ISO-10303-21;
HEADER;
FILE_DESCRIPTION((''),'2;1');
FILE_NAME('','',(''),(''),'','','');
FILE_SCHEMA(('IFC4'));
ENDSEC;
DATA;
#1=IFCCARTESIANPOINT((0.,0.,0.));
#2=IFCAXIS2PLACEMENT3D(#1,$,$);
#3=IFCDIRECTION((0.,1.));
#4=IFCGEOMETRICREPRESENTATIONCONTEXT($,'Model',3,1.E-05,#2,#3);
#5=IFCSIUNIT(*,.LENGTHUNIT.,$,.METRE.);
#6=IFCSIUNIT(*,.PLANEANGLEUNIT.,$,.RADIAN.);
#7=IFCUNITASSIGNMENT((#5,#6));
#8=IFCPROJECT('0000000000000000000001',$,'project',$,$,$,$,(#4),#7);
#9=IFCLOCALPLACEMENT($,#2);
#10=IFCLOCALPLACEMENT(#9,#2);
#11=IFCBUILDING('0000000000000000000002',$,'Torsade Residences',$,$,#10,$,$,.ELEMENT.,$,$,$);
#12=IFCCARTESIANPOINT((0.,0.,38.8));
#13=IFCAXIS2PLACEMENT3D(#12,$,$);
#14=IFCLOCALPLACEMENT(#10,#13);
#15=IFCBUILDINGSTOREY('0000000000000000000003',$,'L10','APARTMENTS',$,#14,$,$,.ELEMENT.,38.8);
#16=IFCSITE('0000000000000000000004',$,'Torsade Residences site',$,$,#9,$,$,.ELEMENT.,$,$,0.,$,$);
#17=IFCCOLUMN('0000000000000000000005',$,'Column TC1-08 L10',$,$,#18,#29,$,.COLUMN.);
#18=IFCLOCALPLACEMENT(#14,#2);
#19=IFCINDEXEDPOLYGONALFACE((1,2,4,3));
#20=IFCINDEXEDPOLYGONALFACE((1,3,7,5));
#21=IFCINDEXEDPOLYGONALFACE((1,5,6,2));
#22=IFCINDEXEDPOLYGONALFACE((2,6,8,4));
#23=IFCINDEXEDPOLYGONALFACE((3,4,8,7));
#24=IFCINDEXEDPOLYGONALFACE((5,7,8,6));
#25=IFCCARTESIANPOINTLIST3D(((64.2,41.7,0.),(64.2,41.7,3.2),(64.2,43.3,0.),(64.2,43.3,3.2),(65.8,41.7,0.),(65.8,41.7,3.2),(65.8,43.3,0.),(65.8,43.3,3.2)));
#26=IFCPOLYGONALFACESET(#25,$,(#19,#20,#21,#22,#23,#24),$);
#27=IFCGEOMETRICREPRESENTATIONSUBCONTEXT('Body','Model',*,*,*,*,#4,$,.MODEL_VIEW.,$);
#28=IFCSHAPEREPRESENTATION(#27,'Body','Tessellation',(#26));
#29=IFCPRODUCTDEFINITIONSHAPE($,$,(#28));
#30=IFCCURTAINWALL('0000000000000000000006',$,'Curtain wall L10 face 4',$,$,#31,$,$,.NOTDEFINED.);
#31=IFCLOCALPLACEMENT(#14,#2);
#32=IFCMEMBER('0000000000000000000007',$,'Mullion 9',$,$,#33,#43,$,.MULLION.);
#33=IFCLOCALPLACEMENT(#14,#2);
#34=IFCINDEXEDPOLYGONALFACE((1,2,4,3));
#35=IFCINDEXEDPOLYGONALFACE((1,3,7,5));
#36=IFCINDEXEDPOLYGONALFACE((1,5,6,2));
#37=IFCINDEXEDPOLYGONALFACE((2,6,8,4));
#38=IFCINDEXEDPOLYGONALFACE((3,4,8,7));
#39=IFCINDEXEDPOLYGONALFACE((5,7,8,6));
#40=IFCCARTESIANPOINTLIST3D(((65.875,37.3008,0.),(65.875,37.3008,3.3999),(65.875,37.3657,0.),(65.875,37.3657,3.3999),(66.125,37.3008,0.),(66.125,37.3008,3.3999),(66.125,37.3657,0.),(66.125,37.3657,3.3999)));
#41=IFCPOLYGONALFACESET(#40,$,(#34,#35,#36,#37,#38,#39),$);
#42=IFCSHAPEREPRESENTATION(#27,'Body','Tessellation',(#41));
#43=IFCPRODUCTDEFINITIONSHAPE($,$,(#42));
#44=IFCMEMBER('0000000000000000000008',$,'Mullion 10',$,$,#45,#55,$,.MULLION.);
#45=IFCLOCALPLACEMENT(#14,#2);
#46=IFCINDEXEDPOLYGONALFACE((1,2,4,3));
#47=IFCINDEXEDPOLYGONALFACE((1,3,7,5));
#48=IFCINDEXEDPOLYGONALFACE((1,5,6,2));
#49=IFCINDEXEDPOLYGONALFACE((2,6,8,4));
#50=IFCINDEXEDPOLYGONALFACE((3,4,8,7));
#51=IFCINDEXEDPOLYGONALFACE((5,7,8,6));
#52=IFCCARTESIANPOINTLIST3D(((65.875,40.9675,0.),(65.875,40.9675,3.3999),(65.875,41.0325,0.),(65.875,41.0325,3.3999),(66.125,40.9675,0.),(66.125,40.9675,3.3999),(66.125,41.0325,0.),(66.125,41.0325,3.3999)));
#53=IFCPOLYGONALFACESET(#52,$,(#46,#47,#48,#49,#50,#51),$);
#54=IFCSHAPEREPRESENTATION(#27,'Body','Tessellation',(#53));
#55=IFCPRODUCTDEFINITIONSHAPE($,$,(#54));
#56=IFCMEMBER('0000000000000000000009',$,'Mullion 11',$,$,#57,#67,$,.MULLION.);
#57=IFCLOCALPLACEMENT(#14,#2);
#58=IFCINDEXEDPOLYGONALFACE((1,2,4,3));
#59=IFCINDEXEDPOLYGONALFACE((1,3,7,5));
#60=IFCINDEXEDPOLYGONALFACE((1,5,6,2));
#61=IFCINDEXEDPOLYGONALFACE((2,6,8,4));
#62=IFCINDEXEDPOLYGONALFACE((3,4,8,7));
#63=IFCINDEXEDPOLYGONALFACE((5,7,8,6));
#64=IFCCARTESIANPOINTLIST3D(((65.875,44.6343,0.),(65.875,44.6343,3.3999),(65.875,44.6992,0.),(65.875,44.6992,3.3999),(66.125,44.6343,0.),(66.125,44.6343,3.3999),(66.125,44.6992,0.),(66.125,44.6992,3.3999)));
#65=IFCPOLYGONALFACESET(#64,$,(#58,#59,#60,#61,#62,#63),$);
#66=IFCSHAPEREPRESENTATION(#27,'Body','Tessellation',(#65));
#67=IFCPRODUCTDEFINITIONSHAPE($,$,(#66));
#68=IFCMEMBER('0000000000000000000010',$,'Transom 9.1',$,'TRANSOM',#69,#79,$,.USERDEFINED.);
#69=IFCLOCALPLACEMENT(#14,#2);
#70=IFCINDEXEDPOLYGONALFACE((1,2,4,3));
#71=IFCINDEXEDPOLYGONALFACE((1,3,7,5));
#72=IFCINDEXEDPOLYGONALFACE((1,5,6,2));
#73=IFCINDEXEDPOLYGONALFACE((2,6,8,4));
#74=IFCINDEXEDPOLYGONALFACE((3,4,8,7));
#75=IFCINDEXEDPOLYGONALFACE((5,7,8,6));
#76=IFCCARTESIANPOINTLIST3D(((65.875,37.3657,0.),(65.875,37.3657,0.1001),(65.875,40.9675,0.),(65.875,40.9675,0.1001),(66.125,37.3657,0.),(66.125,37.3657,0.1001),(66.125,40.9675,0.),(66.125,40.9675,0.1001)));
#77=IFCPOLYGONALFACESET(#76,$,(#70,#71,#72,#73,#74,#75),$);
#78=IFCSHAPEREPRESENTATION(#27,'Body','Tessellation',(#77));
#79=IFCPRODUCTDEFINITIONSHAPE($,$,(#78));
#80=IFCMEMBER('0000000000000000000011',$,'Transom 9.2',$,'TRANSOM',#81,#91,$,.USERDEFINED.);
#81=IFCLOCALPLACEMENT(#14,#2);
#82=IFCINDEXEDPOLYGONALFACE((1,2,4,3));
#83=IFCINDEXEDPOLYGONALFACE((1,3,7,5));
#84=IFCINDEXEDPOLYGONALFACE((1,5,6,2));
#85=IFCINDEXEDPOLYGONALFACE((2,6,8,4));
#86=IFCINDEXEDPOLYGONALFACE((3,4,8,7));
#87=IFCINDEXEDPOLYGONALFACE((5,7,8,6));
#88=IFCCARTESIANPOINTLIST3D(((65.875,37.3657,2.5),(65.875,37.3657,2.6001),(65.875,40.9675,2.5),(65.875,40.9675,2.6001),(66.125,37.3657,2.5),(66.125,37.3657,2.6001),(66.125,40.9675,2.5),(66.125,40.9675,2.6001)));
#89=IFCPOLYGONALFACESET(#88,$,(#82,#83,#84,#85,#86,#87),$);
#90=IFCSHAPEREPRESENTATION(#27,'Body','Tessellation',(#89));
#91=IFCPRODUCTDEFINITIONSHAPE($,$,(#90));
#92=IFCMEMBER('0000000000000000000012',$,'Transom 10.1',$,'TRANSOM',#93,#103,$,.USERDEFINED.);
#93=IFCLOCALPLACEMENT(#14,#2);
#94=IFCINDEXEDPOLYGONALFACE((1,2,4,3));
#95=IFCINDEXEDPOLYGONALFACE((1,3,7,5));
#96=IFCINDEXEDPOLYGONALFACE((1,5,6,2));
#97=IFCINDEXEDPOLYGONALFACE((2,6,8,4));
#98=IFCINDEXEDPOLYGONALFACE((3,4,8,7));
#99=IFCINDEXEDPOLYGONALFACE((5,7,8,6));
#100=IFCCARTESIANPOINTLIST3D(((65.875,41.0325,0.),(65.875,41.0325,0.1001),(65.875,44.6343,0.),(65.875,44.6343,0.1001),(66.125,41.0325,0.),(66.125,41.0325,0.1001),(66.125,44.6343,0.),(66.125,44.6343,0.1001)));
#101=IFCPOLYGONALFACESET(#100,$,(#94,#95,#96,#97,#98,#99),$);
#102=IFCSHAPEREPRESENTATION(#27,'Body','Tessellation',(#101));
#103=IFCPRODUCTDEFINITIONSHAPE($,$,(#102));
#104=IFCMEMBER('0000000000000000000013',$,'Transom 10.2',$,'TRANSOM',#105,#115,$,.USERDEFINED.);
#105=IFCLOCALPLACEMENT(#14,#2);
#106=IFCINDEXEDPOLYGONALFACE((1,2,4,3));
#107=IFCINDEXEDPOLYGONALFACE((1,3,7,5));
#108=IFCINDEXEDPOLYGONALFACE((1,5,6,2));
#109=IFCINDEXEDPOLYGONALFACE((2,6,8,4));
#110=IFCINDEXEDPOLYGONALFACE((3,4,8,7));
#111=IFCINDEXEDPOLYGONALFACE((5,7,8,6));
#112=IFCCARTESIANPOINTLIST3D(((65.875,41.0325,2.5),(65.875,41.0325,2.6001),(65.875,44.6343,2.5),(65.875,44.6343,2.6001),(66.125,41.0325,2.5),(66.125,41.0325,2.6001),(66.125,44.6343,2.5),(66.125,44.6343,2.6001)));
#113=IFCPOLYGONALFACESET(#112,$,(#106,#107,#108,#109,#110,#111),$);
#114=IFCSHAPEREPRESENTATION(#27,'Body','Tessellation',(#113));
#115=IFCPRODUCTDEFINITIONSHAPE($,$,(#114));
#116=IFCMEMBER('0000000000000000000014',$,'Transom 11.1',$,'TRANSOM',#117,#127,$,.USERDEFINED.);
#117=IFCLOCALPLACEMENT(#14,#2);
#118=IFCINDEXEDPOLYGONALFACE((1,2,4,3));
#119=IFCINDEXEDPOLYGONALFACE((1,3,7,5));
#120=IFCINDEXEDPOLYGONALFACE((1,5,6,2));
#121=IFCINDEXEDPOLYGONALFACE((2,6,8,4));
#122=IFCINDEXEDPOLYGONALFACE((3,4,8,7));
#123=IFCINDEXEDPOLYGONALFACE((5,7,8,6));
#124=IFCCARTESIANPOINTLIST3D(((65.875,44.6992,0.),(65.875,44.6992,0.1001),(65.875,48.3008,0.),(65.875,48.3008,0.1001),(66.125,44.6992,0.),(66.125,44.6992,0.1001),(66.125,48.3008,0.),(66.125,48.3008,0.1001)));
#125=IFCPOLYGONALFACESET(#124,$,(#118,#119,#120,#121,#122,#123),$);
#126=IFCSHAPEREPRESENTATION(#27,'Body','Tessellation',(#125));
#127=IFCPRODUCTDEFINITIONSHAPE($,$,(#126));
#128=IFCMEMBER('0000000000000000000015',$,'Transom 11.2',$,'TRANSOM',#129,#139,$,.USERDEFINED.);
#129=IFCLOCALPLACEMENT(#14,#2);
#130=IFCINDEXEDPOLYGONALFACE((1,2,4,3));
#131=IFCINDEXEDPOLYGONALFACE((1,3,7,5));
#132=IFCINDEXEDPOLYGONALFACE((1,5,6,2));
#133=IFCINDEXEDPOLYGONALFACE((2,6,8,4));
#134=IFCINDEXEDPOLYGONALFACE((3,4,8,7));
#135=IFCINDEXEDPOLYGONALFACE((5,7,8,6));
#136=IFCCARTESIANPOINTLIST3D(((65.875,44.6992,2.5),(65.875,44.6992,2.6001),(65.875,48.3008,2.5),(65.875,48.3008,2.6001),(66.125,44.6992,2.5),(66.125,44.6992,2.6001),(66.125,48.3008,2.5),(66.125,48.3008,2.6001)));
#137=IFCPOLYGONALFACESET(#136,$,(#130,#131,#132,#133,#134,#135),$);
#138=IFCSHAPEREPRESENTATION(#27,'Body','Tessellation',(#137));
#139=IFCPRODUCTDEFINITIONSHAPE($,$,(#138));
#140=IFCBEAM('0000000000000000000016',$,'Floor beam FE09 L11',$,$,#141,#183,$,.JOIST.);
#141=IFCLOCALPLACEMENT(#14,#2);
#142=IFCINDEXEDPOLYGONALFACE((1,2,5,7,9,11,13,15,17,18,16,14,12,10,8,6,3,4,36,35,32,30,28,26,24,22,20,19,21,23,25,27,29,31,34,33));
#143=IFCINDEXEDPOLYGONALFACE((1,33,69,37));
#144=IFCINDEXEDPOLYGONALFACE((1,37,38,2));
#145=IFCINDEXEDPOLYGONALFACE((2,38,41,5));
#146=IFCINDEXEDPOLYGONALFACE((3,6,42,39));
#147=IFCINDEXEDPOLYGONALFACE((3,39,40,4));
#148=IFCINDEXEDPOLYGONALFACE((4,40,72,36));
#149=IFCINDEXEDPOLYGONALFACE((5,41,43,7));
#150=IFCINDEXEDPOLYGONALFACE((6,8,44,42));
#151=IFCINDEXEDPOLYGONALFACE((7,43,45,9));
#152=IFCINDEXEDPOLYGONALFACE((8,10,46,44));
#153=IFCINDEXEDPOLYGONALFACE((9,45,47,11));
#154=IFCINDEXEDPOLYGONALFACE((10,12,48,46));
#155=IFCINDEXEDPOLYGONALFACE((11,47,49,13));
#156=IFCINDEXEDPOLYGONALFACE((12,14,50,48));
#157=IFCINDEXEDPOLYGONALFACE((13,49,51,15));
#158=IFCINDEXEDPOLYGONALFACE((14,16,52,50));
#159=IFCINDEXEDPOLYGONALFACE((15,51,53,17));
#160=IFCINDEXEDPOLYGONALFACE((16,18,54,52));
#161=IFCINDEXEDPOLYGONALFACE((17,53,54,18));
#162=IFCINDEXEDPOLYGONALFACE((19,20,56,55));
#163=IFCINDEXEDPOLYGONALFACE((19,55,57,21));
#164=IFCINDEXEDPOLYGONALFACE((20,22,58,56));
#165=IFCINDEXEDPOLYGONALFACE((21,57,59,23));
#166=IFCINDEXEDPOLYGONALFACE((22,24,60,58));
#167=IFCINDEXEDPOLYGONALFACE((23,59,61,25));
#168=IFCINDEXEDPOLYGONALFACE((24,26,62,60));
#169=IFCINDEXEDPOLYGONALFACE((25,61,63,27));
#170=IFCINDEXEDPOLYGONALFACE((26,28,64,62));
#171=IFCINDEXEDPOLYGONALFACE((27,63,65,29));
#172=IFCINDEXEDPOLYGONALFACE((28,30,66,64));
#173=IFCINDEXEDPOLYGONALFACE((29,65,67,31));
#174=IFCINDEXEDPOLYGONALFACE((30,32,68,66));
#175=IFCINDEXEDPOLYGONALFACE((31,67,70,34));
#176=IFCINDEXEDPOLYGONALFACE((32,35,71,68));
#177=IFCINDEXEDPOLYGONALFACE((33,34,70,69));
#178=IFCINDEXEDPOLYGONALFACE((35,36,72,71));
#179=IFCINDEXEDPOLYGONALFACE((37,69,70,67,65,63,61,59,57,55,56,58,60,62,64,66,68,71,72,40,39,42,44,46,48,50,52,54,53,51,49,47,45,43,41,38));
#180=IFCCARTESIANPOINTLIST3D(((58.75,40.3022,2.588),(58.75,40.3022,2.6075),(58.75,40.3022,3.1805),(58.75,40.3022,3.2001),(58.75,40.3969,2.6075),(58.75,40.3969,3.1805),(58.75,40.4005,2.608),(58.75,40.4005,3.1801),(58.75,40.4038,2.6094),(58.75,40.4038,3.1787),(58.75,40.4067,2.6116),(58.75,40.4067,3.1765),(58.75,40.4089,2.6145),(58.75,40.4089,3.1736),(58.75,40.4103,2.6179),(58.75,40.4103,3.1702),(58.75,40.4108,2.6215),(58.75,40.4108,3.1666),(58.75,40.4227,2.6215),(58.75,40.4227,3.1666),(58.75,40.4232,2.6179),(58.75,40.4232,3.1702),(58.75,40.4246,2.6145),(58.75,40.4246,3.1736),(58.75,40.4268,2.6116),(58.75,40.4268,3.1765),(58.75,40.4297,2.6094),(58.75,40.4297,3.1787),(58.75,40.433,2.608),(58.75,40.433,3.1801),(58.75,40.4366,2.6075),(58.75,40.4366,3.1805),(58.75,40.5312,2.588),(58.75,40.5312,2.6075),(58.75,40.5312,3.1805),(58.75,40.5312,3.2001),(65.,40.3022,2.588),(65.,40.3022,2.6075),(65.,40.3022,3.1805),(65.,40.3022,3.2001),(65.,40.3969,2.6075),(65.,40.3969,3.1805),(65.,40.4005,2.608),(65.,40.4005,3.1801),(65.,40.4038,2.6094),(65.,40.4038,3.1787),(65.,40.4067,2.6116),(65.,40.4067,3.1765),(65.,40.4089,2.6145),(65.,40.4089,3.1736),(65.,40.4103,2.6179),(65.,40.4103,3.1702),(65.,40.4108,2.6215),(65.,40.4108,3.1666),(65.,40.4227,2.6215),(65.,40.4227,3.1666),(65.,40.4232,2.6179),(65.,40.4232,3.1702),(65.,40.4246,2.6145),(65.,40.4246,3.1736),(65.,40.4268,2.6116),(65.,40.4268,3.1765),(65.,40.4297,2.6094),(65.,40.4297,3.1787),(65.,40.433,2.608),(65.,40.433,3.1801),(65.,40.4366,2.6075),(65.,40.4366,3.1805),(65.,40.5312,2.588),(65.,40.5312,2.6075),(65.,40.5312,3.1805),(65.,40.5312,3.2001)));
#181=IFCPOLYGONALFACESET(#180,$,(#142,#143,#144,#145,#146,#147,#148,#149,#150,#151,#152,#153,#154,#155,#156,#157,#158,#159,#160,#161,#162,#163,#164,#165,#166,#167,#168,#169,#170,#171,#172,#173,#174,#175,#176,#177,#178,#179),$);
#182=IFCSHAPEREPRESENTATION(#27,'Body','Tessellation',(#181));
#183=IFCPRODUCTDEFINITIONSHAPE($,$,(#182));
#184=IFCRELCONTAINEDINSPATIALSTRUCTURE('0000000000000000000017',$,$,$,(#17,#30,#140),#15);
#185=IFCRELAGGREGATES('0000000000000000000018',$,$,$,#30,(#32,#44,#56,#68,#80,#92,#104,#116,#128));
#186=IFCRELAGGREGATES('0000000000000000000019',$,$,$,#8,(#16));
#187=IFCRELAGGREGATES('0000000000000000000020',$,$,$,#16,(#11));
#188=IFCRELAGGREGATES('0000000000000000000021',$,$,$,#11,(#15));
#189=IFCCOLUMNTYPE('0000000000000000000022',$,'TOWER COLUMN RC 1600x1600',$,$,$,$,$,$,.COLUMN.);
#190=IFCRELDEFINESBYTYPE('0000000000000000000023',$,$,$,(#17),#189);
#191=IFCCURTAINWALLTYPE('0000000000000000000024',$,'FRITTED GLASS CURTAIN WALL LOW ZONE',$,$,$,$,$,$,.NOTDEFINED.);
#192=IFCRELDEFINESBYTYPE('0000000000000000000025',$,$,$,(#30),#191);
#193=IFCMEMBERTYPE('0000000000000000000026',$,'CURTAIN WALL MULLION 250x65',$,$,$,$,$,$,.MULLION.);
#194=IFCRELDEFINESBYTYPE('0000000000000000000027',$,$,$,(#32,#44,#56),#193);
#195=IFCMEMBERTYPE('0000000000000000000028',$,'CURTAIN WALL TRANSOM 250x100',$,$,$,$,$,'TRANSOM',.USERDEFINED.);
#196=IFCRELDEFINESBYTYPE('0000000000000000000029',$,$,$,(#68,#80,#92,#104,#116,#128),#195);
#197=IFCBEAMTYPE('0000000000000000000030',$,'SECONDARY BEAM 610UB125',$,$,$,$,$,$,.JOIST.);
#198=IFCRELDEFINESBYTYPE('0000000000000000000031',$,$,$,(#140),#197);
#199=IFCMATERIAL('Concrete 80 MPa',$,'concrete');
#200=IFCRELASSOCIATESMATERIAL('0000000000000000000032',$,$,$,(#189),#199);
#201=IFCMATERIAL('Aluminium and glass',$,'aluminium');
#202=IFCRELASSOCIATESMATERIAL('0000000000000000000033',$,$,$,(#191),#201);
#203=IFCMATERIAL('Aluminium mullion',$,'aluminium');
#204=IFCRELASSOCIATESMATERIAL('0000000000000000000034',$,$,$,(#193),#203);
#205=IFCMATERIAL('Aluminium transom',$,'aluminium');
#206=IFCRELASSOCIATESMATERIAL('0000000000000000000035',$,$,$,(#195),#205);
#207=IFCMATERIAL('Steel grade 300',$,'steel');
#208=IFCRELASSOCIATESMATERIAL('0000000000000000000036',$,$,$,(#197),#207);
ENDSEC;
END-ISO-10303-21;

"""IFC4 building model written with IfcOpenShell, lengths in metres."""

from ifc_helpers import new_model, si_unit, direction, frame, origin, origin_2d, place, context, subcontext, project, spatial, rectangle, i_section, extrude, material, material_profile, profile_set, type_object, element, aggregate, save


model = new_model("IFC4")

# Units and contexts
model_context = context("Model", 3, precision=1e-05, world=origin(), true_north=direction((0.0, 1.0)))
body_context = subcontext(model_context, "Body", "Model", "MODEL_VIEW")
ifc_project = project(units=[si_unit("LENGTHUNIT", "METRE"), si_unit("PLANEANGLEUNIT", "RADIAN")], contexts=[model_context])

# Site, building, storey
site_placement = place(None, origin())
site = spatial("IfcSite", under=ifc_project, at=site_placement, Name="Torsade Residences site", CompositionType="ELEMENT", RefElevation=0.0)
building_placement = place(site_placement, origin())
building = spatial("IfcBuilding", under=site, at=building_placement, Name="Torsade Residences", CompositionType="ELEMENT")
storey_placement = place(building_placement, frame((0.0, 0.0, 38.8)))
storey = spatial("IfcBuildingStorey", under=building, at=storey_placement, Name="L10", Description="APARTMENTS", CompositionType="ELEMENT", Elevation=38.8)

# Column
ifc_material_1 = material(Name="Concrete 80 MPa", Category="concrete")
ifc_material_profile_1 = material_profile(ifc_material_1, rectangle(XDim=1.6001, YDim=1.6001, at=origin_2d()), Name="RC 1600x1600")
ifc_profile_set_1 = profile_set([ifc_material_profile_1], Name="Concrete 80 MPa")
column_type = type_object("IfcColumnType", Name="TOWER COLUMN RC 1600x1600", PredefinedType="COLUMN", material=ifc_profile_set_1)
column_placement = place(storey_placement, frame((65.0, 42.5, 0.0), z_axis=(0.0, 0.0, 1.0), x_axis=(1.0, 0.0, 0.0)))
element("IfcColumn", 1, at=column_placement, inside=storey, type_object=column_type, Name="Column TC1-08 L10", PredefinedType="COLUMN", context=body_context, shape_type="SweptSolid", body=[
    extrude(rectangle(XDim=1.6001, YDim=1.6001, at=origin_2d()), origin(), (0.0, 0.0, 1.0), 3.2),
])

# Curtain wall, members
ifc_material_2 = material(Name="Aluminium and glass", Category="aluminium")
curtain_wall_type = type_object("IfcCurtainWallType", Name="FRITTED GLASS CURTAIN WALL LOW ZONE", PredefinedType="NOTDEFINED", material=ifc_material_2)
curtain_wall_placement = place(storey_placement, origin())
curtain_wall = element("IfcCurtainWall", 2, at=curtain_wall_placement, inside=storey, type_object=curtain_wall_type, Name="Curtain wall L10 face 4", PredefinedType="NOTDEFINED")
ifc_material_3 = material(Name="Aluminium mullion", Category="aluminium")
ifc_material_profile_2 = material_profile(ifc_material_3, rectangle(XDim=0.25, YDim=0.0649, at=origin_2d()), Name="CURTAIN WALL MULLION 250x65")
ifc_profile_set_2 = profile_set([ifc_material_profile_2], Name="Aluminium mullion")
member_type_1 = type_object("IfcMemberType", Name="CURTAIN WALL MULLION 250x65", PredefinedType="MULLION", material=ifc_profile_set_2)
member_1_placement = place(storey_placement, frame((66.0, 37.3333, 0.0), z_axis=(0.0, 0.0, 1.0), x_axis=(-1.0, 0.0, 0.0)))
member_1 = element("IfcMember", 3, at=member_1_placement, type_object=member_type_1, Name="Mullion 9", PredefinedType="MULLION", context=body_context, shape_type="SweptSolid", body=[
    extrude(rectangle(XDim=0.25, YDim=0.0649, at=origin_2d()), origin(), (0.0, 0.0, 1.0), 3.3999),
])
member_2_placement = place(storey_placement, frame((66.0, 41.0, 0.0), z_axis=(0.0, 0.0, 1.0), x_axis=(-1.0, 0.0, 0.0)))
member_2 = element("IfcMember", 4, at=member_2_placement, type_object=member_type_1, Name="Mullion 10", PredefinedType="MULLION", context=body_context, shape_type="SweptSolid", body=[
    extrude(rectangle(XDim=0.25, YDim=0.0649, at=origin_2d()), origin(), (0.0, 0.0, 1.0), 3.3999),
])
member_3_placement = place(storey_placement, frame((66.0, 44.6667, 0.0), z_axis=(0.0, 0.0, 1.0), x_axis=(-1.0, 0.0, 0.0)))
member_3 = element("IfcMember", 5, at=member_3_placement, type_object=member_type_1, Name="Mullion 11", PredefinedType="MULLION", context=body_context, shape_type="SweptSolid", body=[
    extrude(rectangle(XDim=0.25, YDim=0.0649, at=origin_2d()), origin(), (0.0, 0.0, 1.0), 3.3999),
])
ifc_material_4 = material(Name="Aluminium transom", Category="aluminium")
ifc_material_profile_3 = material_profile(ifc_material_4, rectangle(XDim=0.25, YDim=0.1001, at=origin_2d()), Name="CURTAIN WALL TRANSOM 250x100")
ifc_profile_set_3 = profile_set([ifc_material_profile_3], Name="Aluminium transom")
member_type_2 = type_object("IfcMemberType", Name="CURTAIN WALL TRANSOM 250x100", ElementType="TRANSOM", PredefinedType="USERDEFINED", material=ifc_profile_set_3)
member_4_placement = place(storey_placement, frame((66.0, 37.3657, 0.05), z_axis=(0.0, 1.0, 0.0), x_axis=(-1.0, 0.0, 0.0)))
member_4 = element("IfcMember", 6, at=member_4_placement, type_object=member_type_2, Name="Transom 9.1", ObjectType="TRANSOM", PredefinedType="USERDEFINED", context=body_context, shape_type="SweptSolid", body=[
    extrude(rectangle(XDim=0.25, YDim=0.1001, at=origin_2d()), origin(), (0.0, 0.0, 1.0), 3.6018),
])
member_5_placement = place(storey_placement, frame((66.0, 37.3657, 2.55), z_axis=(0.0, 1.0, 0.0), x_axis=(-1.0, 0.0, 0.0)))
member_5 = element("IfcMember", 7, at=member_5_placement, type_object=member_type_2, Name="Transom 9.2", ObjectType="TRANSOM", PredefinedType="USERDEFINED", context=body_context, shape_type="SweptSolid", body=[
    extrude(rectangle(XDim=0.25, YDim=0.1001, at=origin_2d()), origin(), (0.0, 0.0, 1.0), 3.6018),
])
member_6_placement = place(storey_placement, frame((66.0, 41.0325, 0.05), z_axis=(0.0, 1.0, 0.0), x_axis=(-1.0, 0.0, 0.0)))
member_6 = element("IfcMember", 8, at=member_6_placement, type_object=member_type_2, Name="Transom 10.1", ObjectType="TRANSOM", PredefinedType="USERDEFINED", context=body_context, shape_type="SweptSolid", body=[
    extrude(rectangle(XDim=0.25, YDim=0.1001, at=origin_2d()), origin(), (0.0, 0.0, 1.0), 3.6018),
])
member_7_placement = place(storey_placement, frame((66.0, 41.0325, 2.55), z_axis=(0.0, 1.0, 0.0), x_axis=(-1.0, 0.0, 0.0)))
member_7 = element("IfcMember", 9, at=member_7_placement, type_object=member_type_2, Name="Transom 10.2", ObjectType="TRANSOM", PredefinedType="USERDEFINED", context=body_context, shape_type="SweptSolid", body=[
    extrude(rectangle(XDim=0.25, YDim=0.1001, at=origin_2d()), origin(), (0.0, 0.0, 1.0), 3.6018),
])
member_8_placement = place(storey_placement, frame((66.0, 44.6992, 0.05), z_axis=(0.0, 1.0, 0.0), x_axis=(-1.0, 0.0, 0.0)))
member_8 = element("IfcMember", 10, at=member_8_placement, type_object=member_type_2, Name="Transom 11.1", ObjectType="TRANSOM", PredefinedType="USERDEFINED", context=body_context, shape_type="SweptSolid", body=[
    extrude(rectangle(XDim=0.25, YDim=0.1001, at=origin_2d()), origin(), (0.0, 0.0, 1.0), 3.6016),
])
member_9_placement = place(storey_placement, frame((66.0, 44.6992, 2.55), z_axis=(0.0, 1.0, 0.0), x_axis=(-1.0, 0.0, 0.0)))
member_9 = element("IfcMember", 11, at=member_9_placement, type_object=member_type_2, Name="Transom 11.2", ObjectType="TRANSOM", PredefinedType="USERDEFINED", context=body_context, shape_type="SweptSolid", body=[
    extrude(rectangle(XDim=0.25, YDim=0.1001, at=origin_2d()), origin(), (0.0, 0.0, 1.0), 3.6016),
])

# Beam
ifc_material_5 = material(Name="Steel grade 300", Category="steel")
ifc_material_profile_4 = material_profile(ifc_material_5, i_section(OverallWidth=0.229, OverallDepth=0.6121, WebThickness=0.012, FlangeThickness=0.0195, FilletRadius=0.0139, at=origin_2d()), Name="610UB125")
ifc_profile_set_4 = profile_set([ifc_material_profile_4], Name="Steel grade 300")
beam_type_1 = type_object("IfcBeamType", Name="SECONDARY BEAM 610UB125", PredefinedType="JOIST", material=ifc_profile_set_4)
beam_1_placement = place(storey_placement, frame((65.0, 40.4167, 2.894), z_axis=(-1.0, 0.0, 0.0), x_axis=(0.0, -1.0, 0.0)))
element("IfcBeam", 12, at=beam_1_placement, inside=storey, type_object=beam_type_1, Name="Floor beam FE09 L11", PredefinedType="JOIST", context=body_context, shape_type="SweptSolid", body=[
    extrude(i_section(OverallWidth=0.229, OverallDepth=0.6121, WebThickness=0.012, FlangeThickness=0.0195, FilletRadius=0.0139, at=origin_2d()), origin(), (0.0, 0.0, 1.0), 6.25),
])

aggregate(curtain_wall, [member_1, member_2, member_3, member_4, member_5, member_6, member_7, member_8, member_9])

save(model, "model.ifc")
